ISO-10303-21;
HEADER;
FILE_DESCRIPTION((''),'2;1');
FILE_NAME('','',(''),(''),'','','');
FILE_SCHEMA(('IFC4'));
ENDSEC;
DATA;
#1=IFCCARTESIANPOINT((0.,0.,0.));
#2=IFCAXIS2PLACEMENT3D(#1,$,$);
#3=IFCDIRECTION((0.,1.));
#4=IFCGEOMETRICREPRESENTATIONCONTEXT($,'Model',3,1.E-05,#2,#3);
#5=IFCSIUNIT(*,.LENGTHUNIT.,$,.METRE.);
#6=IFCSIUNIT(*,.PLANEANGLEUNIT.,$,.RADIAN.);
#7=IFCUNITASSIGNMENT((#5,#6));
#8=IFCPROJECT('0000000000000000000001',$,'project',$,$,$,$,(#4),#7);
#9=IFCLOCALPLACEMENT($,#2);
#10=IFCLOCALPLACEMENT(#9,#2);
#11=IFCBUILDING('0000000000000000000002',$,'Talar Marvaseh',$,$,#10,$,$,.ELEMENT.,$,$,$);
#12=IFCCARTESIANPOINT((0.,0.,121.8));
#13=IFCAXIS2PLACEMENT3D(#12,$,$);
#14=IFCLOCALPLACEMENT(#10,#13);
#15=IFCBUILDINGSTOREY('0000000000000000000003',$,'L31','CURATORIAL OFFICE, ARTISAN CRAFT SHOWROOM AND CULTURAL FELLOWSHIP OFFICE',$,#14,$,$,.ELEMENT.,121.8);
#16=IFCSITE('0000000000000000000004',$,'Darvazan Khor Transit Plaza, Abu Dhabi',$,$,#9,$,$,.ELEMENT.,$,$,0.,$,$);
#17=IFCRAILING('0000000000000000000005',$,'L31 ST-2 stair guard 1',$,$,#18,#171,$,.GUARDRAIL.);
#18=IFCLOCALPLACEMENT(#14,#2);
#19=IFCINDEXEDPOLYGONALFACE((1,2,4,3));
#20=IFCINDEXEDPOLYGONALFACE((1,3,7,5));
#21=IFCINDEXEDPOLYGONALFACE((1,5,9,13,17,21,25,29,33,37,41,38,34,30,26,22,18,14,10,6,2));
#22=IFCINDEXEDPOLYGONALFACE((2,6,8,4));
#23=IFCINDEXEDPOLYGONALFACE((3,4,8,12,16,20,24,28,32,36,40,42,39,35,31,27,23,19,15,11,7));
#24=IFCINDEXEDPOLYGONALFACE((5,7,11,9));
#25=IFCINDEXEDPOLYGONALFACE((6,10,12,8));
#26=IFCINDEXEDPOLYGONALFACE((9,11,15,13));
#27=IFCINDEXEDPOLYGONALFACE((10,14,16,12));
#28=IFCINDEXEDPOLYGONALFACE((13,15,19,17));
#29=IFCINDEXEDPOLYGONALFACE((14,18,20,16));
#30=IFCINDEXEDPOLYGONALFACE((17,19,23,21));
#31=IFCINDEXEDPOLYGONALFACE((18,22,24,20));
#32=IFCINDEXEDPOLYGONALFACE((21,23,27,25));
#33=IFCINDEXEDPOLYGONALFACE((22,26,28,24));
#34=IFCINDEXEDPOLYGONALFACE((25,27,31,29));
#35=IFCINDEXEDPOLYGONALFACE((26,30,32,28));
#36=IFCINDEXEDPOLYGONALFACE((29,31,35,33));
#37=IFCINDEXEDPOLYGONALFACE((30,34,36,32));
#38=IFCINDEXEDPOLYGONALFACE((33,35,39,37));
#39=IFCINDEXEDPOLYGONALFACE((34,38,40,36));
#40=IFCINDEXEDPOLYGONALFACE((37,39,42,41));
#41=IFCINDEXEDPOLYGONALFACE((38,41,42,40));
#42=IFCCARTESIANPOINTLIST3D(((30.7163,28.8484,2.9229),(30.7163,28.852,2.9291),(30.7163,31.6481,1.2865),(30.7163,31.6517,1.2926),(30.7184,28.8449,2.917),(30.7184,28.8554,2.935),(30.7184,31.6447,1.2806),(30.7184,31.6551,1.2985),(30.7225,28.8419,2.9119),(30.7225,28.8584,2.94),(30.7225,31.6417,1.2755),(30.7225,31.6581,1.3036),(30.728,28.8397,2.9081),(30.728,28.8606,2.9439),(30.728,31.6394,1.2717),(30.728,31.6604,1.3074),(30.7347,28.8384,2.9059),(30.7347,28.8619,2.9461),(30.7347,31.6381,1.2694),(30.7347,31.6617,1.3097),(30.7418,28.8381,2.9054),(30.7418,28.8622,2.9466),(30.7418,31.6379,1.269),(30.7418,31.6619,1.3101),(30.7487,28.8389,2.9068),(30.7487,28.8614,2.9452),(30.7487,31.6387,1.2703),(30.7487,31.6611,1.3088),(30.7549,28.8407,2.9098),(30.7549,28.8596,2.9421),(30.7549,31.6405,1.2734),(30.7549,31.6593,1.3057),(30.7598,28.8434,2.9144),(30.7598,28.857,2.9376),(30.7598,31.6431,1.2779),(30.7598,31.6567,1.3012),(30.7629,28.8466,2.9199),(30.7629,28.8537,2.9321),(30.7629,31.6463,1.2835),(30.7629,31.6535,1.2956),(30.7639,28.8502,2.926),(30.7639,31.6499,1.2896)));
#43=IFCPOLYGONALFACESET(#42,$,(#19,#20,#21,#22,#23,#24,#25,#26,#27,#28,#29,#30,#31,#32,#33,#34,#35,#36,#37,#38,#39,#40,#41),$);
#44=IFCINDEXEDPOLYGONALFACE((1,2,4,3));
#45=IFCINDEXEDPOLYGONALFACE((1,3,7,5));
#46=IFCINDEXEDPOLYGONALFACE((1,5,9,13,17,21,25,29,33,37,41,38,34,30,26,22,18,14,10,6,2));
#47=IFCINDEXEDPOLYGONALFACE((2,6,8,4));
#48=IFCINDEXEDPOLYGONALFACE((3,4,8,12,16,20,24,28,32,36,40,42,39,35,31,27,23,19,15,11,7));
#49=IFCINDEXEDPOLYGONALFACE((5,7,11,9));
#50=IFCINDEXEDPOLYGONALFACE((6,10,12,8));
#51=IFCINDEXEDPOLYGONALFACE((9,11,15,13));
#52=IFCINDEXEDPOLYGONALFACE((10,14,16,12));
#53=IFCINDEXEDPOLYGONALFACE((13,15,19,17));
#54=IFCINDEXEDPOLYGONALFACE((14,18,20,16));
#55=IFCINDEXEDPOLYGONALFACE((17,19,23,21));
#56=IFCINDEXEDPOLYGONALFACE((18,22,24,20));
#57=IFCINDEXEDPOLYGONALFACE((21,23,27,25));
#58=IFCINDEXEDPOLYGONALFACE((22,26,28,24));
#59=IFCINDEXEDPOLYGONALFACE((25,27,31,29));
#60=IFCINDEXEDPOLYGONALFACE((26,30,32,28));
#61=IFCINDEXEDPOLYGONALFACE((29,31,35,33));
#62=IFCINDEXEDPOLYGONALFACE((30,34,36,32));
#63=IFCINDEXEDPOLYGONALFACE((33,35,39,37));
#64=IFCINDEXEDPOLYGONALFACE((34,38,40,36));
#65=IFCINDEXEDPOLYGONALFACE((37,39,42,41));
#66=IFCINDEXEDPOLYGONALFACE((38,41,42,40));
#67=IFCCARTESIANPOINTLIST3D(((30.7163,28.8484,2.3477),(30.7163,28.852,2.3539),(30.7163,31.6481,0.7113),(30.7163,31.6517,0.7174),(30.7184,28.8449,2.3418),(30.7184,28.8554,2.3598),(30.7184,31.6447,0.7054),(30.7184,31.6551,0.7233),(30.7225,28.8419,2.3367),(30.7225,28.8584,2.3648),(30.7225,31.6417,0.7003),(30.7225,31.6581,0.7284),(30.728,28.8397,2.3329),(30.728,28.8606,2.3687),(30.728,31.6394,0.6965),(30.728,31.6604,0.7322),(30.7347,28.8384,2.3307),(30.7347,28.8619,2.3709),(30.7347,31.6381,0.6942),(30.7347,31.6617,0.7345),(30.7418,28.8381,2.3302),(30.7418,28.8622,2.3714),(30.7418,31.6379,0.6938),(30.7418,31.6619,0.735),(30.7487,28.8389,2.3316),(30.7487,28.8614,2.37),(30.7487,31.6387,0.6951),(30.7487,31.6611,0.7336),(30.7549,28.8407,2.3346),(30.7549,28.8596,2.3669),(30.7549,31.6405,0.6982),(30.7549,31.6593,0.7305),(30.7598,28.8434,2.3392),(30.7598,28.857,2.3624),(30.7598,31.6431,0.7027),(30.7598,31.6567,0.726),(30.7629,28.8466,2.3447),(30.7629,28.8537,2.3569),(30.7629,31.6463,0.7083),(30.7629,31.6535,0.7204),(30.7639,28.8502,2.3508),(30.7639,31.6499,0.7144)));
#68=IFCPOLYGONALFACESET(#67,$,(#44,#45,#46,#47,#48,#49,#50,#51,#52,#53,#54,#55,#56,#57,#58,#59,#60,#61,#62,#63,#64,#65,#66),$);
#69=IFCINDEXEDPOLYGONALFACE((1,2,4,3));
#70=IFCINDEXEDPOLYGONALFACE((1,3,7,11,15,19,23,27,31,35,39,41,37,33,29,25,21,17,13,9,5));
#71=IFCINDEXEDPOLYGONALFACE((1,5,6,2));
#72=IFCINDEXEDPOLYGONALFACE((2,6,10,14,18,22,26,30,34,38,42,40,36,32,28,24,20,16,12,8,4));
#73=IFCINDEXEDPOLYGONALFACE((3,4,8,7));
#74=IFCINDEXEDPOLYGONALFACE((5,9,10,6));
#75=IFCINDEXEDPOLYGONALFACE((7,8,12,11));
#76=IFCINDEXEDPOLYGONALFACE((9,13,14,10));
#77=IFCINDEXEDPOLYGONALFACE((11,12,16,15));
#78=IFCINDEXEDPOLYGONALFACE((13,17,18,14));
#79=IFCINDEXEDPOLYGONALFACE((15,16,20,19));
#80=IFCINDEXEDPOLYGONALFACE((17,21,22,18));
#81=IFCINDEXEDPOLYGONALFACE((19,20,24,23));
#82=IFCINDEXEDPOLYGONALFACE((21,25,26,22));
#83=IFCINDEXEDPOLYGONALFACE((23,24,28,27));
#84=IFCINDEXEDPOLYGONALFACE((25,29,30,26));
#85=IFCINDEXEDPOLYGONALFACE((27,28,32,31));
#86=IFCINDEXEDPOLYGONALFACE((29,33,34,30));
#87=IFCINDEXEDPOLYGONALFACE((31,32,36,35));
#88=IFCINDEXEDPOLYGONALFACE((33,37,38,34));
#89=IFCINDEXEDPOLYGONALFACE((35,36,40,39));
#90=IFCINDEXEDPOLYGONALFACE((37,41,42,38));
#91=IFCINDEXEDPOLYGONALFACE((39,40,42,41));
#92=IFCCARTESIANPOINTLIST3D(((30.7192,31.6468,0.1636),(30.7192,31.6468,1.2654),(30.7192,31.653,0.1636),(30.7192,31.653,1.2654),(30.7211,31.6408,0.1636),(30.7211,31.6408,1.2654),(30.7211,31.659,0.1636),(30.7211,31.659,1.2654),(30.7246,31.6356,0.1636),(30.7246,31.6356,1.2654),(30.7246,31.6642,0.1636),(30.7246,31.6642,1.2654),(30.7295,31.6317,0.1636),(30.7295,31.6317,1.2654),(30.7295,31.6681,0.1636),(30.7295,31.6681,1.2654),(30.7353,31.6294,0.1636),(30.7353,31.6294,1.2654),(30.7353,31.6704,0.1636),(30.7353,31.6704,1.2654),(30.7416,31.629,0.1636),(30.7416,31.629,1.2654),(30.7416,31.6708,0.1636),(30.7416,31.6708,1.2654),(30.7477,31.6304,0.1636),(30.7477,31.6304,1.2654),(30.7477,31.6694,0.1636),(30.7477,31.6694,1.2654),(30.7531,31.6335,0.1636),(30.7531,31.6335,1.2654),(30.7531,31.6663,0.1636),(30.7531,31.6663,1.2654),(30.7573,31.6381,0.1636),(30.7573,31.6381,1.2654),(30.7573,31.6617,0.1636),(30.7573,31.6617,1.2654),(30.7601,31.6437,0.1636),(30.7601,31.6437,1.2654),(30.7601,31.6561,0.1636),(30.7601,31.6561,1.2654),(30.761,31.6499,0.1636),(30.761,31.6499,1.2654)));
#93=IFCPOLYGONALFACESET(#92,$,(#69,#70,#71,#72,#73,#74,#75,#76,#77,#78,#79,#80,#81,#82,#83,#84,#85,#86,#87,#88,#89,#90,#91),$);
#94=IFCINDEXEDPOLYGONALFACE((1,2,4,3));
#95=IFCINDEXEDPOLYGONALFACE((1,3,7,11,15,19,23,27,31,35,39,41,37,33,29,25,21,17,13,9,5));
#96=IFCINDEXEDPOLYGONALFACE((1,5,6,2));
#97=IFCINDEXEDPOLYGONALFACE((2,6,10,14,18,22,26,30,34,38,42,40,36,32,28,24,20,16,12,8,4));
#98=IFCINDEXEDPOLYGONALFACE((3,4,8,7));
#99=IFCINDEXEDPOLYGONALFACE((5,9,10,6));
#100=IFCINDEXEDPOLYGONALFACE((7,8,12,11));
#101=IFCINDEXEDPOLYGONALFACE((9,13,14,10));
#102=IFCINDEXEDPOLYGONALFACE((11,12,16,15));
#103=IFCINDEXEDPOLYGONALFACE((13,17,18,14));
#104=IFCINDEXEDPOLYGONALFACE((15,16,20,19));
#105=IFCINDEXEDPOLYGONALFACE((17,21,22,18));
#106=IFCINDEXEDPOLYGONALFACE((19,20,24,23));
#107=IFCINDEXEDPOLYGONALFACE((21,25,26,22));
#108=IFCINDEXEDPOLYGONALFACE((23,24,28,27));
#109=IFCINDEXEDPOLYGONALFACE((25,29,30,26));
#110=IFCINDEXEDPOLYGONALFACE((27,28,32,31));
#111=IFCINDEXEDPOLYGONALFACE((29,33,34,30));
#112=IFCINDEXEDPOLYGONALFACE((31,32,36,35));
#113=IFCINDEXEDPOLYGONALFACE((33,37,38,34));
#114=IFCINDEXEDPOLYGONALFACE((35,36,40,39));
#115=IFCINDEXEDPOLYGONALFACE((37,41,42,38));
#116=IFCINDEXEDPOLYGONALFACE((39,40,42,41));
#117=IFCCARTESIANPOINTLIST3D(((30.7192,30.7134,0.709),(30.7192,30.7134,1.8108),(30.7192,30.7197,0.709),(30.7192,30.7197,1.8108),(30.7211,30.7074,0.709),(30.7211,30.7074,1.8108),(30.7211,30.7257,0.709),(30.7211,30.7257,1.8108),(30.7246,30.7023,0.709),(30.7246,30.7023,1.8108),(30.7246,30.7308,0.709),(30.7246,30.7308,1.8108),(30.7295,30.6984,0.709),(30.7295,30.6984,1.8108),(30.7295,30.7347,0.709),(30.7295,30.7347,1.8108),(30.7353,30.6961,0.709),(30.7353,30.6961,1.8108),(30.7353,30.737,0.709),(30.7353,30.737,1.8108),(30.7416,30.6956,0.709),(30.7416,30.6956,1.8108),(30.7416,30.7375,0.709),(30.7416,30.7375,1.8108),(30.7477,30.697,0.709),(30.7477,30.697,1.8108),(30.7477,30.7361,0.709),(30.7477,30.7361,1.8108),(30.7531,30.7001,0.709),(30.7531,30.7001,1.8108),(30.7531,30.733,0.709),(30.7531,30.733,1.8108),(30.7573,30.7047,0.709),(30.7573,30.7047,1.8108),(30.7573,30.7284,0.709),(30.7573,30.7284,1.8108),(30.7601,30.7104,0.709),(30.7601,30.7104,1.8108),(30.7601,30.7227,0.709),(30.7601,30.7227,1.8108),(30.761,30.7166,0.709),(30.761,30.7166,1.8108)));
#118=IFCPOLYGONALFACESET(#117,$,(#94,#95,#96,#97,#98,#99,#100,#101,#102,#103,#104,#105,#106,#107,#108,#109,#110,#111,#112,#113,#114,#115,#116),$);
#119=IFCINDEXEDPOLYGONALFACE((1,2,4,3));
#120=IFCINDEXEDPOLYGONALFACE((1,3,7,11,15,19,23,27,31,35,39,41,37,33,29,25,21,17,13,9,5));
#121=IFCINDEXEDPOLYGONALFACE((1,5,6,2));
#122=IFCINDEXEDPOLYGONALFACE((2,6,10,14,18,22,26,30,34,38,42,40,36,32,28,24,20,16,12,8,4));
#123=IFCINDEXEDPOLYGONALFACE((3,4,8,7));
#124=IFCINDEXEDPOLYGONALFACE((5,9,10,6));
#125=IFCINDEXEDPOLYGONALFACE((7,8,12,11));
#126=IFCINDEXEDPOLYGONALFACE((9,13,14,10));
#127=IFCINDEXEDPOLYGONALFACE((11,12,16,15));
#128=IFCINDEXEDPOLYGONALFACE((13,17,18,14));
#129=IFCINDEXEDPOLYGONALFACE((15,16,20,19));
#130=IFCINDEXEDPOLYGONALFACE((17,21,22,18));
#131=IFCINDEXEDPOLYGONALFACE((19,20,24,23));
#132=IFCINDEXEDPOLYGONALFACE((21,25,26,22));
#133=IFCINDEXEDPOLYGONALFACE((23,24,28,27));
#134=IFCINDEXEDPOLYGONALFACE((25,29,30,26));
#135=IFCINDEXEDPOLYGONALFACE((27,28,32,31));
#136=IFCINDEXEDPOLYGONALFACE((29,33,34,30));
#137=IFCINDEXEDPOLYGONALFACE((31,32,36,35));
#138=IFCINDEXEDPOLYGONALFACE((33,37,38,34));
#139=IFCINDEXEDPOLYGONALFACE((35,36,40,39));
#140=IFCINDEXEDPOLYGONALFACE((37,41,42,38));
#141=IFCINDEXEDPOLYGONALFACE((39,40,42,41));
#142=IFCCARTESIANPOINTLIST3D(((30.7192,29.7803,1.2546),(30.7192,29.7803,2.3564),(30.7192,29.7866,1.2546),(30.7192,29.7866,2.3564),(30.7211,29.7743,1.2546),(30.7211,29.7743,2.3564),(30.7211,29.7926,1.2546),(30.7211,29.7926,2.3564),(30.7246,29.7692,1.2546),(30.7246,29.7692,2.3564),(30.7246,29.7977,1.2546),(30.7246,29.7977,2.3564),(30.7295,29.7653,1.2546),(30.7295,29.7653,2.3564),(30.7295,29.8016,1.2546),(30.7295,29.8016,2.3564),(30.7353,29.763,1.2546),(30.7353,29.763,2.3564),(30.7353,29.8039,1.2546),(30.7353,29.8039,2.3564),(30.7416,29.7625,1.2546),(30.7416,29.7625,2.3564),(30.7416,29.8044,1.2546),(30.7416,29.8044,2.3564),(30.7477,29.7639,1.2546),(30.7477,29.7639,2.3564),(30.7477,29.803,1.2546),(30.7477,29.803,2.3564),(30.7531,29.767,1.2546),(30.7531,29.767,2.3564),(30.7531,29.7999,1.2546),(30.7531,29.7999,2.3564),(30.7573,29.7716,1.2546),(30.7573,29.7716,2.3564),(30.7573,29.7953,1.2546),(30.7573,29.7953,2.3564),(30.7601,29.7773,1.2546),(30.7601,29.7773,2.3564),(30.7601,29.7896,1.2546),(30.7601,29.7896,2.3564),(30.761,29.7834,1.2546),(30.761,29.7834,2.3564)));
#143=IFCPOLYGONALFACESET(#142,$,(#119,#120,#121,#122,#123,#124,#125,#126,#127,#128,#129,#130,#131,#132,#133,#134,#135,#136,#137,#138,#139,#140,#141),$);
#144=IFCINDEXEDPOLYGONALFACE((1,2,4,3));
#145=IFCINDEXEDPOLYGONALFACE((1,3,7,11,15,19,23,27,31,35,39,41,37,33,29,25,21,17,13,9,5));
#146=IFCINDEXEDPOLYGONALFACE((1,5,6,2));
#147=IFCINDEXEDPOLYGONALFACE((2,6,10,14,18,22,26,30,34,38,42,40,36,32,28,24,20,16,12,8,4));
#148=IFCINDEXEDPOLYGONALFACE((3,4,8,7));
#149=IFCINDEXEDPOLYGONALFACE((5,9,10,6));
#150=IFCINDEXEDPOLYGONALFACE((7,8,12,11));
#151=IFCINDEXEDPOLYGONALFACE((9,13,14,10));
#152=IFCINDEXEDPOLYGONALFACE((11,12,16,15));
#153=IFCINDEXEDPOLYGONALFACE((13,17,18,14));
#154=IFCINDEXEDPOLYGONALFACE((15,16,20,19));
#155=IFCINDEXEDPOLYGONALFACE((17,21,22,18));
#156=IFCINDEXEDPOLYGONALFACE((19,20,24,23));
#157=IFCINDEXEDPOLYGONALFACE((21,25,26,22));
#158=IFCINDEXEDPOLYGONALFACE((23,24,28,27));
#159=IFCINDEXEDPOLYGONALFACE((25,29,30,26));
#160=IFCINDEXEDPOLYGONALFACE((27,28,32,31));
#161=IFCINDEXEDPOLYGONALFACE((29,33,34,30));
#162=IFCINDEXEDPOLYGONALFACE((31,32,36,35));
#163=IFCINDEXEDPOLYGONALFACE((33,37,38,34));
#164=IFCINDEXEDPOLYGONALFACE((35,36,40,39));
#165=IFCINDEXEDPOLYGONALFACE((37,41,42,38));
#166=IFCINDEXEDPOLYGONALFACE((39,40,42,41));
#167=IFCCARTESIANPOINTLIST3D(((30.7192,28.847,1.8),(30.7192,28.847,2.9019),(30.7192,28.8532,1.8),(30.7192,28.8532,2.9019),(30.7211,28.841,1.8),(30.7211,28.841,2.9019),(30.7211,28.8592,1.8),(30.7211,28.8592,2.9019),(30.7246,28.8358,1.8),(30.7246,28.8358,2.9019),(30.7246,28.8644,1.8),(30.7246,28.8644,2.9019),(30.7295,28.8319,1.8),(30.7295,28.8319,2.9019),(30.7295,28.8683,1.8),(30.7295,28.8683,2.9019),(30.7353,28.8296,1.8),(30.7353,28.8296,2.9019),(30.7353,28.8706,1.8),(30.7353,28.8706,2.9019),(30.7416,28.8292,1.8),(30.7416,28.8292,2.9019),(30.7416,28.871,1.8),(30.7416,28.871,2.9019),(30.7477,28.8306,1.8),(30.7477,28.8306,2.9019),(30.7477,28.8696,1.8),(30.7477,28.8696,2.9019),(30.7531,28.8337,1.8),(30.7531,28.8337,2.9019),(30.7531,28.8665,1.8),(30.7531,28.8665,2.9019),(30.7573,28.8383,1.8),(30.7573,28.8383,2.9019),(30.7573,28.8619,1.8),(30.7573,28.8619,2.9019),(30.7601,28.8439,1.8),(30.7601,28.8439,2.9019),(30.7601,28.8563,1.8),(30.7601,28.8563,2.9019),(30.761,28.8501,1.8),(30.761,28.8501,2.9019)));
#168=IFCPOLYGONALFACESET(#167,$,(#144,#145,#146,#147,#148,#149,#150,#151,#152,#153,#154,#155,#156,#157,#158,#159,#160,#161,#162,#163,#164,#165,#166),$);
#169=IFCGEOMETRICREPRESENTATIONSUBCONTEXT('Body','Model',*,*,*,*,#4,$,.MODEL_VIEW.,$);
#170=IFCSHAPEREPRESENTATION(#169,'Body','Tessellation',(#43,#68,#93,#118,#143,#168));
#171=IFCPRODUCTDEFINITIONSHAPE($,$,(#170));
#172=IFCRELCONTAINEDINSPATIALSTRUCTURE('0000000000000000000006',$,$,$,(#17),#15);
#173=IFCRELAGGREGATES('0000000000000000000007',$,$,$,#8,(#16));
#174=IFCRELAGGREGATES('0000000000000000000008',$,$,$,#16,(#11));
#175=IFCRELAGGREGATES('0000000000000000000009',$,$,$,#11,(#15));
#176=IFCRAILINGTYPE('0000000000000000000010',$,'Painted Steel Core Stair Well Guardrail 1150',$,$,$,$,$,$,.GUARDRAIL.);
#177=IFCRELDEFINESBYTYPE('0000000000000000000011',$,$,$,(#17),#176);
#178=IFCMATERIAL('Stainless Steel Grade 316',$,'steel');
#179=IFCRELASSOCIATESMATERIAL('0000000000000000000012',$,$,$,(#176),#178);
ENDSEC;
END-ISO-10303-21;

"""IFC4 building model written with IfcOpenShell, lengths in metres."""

from ifc_helpers import new_model, si_unit, direction, frame, origin, origin_2d, place, context, subcontext, project, spatial, circle, extrude, material, type_object, element, save


model = new_model("IFC4")

# Units and contexts
model_context = context("Model", 3, precision=1e-05, world=origin(), true_north=direction((0.0, 1.0)))
body_context = subcontext(model_context, "Body", "Model", "MODEL_VIEW")
ifc_project = project(units=[si_unit("LENGTHUNIT", "METRE"), si_unit("PLANEANGLEUNIT", "RADIAN")], contexts=[model_context])

# Site, building, storey
site_placement = place(None, origin())
site = spatial("IfcSite", under=ifc_project, at=site_placement, Name="Darvazan Khor Transit Plaza, Abu Dhabi", CompositionType="ELEMENT", RefElevation=0.0)
building_placement = place(site_placement, origin())
building = spatial("IfcBuilding", under=site, at=building_placement, Name="Talar Marvaseh", CompositionType="ELEMENT")
storey_placement = place(building_placement, frame((0.0, 0.0, 121.8)))
storey = spatial("IfcBuildingStorey", under=building, at=storey_placement, Name="L31", Description="CURATORIAL OFFICE, ARTISAN CRAFT SHOWROOM AND CULTURAL FELLOWSHIP OFFICE", CompositionType="ELEMENT", Elevation=121.8)

# Shared definitions
ifc_material_1 = material(Name="Stainless Steel Grade 316", Category="steel")

# Railing
railing_type_1 = type_object("IfcRailingType", Name="Painted Steel Core Stair Well Guardrail 1150", PredefinedType="GUARDRAIL", material=ifc_material_1)
railing_1_placement = place(storey_placement, frame((30.74, 31.6499, 0.1636)))
element("IfcRailing", 1, at=railing_1_placement, inside=storey, type_object=railing_type_1, Name="L31 ST-2 stair guard 1", PredefinedType="GUARDRAIL", context=body_context, shape_type="SweptSolid", body=[
    extrude(circle(Radius=0.0239, at=origin_2d()), frame((0.0, 0.0, 1.126), z_axis=(0.0, -0.863342, 0.50462), x_axis=(1.0, 0.0, 0.0)), (0.0, 0.0, 1.0), 3.2429),
    extrude(circle(Radius=0.0239, at=origin_2d()), frame((0.0, 0.0, 0.5508), z_axis=(0.0, -0.863342, 0.50462), x_axis=(1.0, 0.0, 0.0)), (0.0, 0.0, 1.0), 3.2429),
    extrude(circle(Radius=0.021, at=origin_2d()), origin(), (0.0, 0.0, 1.0), 1.1018),
    extrude(circle(Radius=0.021, at=origin_2d()), frame((0.0, -0.9333, 0.5454)), (0.0, 0.0, 1.0), 1.1018),
    extrude(circle(Radius=0.021, at=origin_2d()), frame((0.0, -1.8665, 1.0911)), (0.0, 0.0, 1.0), 1.1018),
    extrude(circle(Radius=0.021, at=origin_2d()), frame((0.0, -2.7998, 1.6365)), (0.0, 0.0, 1.0), 1.1018),
])

save(model, "model.ifc")
